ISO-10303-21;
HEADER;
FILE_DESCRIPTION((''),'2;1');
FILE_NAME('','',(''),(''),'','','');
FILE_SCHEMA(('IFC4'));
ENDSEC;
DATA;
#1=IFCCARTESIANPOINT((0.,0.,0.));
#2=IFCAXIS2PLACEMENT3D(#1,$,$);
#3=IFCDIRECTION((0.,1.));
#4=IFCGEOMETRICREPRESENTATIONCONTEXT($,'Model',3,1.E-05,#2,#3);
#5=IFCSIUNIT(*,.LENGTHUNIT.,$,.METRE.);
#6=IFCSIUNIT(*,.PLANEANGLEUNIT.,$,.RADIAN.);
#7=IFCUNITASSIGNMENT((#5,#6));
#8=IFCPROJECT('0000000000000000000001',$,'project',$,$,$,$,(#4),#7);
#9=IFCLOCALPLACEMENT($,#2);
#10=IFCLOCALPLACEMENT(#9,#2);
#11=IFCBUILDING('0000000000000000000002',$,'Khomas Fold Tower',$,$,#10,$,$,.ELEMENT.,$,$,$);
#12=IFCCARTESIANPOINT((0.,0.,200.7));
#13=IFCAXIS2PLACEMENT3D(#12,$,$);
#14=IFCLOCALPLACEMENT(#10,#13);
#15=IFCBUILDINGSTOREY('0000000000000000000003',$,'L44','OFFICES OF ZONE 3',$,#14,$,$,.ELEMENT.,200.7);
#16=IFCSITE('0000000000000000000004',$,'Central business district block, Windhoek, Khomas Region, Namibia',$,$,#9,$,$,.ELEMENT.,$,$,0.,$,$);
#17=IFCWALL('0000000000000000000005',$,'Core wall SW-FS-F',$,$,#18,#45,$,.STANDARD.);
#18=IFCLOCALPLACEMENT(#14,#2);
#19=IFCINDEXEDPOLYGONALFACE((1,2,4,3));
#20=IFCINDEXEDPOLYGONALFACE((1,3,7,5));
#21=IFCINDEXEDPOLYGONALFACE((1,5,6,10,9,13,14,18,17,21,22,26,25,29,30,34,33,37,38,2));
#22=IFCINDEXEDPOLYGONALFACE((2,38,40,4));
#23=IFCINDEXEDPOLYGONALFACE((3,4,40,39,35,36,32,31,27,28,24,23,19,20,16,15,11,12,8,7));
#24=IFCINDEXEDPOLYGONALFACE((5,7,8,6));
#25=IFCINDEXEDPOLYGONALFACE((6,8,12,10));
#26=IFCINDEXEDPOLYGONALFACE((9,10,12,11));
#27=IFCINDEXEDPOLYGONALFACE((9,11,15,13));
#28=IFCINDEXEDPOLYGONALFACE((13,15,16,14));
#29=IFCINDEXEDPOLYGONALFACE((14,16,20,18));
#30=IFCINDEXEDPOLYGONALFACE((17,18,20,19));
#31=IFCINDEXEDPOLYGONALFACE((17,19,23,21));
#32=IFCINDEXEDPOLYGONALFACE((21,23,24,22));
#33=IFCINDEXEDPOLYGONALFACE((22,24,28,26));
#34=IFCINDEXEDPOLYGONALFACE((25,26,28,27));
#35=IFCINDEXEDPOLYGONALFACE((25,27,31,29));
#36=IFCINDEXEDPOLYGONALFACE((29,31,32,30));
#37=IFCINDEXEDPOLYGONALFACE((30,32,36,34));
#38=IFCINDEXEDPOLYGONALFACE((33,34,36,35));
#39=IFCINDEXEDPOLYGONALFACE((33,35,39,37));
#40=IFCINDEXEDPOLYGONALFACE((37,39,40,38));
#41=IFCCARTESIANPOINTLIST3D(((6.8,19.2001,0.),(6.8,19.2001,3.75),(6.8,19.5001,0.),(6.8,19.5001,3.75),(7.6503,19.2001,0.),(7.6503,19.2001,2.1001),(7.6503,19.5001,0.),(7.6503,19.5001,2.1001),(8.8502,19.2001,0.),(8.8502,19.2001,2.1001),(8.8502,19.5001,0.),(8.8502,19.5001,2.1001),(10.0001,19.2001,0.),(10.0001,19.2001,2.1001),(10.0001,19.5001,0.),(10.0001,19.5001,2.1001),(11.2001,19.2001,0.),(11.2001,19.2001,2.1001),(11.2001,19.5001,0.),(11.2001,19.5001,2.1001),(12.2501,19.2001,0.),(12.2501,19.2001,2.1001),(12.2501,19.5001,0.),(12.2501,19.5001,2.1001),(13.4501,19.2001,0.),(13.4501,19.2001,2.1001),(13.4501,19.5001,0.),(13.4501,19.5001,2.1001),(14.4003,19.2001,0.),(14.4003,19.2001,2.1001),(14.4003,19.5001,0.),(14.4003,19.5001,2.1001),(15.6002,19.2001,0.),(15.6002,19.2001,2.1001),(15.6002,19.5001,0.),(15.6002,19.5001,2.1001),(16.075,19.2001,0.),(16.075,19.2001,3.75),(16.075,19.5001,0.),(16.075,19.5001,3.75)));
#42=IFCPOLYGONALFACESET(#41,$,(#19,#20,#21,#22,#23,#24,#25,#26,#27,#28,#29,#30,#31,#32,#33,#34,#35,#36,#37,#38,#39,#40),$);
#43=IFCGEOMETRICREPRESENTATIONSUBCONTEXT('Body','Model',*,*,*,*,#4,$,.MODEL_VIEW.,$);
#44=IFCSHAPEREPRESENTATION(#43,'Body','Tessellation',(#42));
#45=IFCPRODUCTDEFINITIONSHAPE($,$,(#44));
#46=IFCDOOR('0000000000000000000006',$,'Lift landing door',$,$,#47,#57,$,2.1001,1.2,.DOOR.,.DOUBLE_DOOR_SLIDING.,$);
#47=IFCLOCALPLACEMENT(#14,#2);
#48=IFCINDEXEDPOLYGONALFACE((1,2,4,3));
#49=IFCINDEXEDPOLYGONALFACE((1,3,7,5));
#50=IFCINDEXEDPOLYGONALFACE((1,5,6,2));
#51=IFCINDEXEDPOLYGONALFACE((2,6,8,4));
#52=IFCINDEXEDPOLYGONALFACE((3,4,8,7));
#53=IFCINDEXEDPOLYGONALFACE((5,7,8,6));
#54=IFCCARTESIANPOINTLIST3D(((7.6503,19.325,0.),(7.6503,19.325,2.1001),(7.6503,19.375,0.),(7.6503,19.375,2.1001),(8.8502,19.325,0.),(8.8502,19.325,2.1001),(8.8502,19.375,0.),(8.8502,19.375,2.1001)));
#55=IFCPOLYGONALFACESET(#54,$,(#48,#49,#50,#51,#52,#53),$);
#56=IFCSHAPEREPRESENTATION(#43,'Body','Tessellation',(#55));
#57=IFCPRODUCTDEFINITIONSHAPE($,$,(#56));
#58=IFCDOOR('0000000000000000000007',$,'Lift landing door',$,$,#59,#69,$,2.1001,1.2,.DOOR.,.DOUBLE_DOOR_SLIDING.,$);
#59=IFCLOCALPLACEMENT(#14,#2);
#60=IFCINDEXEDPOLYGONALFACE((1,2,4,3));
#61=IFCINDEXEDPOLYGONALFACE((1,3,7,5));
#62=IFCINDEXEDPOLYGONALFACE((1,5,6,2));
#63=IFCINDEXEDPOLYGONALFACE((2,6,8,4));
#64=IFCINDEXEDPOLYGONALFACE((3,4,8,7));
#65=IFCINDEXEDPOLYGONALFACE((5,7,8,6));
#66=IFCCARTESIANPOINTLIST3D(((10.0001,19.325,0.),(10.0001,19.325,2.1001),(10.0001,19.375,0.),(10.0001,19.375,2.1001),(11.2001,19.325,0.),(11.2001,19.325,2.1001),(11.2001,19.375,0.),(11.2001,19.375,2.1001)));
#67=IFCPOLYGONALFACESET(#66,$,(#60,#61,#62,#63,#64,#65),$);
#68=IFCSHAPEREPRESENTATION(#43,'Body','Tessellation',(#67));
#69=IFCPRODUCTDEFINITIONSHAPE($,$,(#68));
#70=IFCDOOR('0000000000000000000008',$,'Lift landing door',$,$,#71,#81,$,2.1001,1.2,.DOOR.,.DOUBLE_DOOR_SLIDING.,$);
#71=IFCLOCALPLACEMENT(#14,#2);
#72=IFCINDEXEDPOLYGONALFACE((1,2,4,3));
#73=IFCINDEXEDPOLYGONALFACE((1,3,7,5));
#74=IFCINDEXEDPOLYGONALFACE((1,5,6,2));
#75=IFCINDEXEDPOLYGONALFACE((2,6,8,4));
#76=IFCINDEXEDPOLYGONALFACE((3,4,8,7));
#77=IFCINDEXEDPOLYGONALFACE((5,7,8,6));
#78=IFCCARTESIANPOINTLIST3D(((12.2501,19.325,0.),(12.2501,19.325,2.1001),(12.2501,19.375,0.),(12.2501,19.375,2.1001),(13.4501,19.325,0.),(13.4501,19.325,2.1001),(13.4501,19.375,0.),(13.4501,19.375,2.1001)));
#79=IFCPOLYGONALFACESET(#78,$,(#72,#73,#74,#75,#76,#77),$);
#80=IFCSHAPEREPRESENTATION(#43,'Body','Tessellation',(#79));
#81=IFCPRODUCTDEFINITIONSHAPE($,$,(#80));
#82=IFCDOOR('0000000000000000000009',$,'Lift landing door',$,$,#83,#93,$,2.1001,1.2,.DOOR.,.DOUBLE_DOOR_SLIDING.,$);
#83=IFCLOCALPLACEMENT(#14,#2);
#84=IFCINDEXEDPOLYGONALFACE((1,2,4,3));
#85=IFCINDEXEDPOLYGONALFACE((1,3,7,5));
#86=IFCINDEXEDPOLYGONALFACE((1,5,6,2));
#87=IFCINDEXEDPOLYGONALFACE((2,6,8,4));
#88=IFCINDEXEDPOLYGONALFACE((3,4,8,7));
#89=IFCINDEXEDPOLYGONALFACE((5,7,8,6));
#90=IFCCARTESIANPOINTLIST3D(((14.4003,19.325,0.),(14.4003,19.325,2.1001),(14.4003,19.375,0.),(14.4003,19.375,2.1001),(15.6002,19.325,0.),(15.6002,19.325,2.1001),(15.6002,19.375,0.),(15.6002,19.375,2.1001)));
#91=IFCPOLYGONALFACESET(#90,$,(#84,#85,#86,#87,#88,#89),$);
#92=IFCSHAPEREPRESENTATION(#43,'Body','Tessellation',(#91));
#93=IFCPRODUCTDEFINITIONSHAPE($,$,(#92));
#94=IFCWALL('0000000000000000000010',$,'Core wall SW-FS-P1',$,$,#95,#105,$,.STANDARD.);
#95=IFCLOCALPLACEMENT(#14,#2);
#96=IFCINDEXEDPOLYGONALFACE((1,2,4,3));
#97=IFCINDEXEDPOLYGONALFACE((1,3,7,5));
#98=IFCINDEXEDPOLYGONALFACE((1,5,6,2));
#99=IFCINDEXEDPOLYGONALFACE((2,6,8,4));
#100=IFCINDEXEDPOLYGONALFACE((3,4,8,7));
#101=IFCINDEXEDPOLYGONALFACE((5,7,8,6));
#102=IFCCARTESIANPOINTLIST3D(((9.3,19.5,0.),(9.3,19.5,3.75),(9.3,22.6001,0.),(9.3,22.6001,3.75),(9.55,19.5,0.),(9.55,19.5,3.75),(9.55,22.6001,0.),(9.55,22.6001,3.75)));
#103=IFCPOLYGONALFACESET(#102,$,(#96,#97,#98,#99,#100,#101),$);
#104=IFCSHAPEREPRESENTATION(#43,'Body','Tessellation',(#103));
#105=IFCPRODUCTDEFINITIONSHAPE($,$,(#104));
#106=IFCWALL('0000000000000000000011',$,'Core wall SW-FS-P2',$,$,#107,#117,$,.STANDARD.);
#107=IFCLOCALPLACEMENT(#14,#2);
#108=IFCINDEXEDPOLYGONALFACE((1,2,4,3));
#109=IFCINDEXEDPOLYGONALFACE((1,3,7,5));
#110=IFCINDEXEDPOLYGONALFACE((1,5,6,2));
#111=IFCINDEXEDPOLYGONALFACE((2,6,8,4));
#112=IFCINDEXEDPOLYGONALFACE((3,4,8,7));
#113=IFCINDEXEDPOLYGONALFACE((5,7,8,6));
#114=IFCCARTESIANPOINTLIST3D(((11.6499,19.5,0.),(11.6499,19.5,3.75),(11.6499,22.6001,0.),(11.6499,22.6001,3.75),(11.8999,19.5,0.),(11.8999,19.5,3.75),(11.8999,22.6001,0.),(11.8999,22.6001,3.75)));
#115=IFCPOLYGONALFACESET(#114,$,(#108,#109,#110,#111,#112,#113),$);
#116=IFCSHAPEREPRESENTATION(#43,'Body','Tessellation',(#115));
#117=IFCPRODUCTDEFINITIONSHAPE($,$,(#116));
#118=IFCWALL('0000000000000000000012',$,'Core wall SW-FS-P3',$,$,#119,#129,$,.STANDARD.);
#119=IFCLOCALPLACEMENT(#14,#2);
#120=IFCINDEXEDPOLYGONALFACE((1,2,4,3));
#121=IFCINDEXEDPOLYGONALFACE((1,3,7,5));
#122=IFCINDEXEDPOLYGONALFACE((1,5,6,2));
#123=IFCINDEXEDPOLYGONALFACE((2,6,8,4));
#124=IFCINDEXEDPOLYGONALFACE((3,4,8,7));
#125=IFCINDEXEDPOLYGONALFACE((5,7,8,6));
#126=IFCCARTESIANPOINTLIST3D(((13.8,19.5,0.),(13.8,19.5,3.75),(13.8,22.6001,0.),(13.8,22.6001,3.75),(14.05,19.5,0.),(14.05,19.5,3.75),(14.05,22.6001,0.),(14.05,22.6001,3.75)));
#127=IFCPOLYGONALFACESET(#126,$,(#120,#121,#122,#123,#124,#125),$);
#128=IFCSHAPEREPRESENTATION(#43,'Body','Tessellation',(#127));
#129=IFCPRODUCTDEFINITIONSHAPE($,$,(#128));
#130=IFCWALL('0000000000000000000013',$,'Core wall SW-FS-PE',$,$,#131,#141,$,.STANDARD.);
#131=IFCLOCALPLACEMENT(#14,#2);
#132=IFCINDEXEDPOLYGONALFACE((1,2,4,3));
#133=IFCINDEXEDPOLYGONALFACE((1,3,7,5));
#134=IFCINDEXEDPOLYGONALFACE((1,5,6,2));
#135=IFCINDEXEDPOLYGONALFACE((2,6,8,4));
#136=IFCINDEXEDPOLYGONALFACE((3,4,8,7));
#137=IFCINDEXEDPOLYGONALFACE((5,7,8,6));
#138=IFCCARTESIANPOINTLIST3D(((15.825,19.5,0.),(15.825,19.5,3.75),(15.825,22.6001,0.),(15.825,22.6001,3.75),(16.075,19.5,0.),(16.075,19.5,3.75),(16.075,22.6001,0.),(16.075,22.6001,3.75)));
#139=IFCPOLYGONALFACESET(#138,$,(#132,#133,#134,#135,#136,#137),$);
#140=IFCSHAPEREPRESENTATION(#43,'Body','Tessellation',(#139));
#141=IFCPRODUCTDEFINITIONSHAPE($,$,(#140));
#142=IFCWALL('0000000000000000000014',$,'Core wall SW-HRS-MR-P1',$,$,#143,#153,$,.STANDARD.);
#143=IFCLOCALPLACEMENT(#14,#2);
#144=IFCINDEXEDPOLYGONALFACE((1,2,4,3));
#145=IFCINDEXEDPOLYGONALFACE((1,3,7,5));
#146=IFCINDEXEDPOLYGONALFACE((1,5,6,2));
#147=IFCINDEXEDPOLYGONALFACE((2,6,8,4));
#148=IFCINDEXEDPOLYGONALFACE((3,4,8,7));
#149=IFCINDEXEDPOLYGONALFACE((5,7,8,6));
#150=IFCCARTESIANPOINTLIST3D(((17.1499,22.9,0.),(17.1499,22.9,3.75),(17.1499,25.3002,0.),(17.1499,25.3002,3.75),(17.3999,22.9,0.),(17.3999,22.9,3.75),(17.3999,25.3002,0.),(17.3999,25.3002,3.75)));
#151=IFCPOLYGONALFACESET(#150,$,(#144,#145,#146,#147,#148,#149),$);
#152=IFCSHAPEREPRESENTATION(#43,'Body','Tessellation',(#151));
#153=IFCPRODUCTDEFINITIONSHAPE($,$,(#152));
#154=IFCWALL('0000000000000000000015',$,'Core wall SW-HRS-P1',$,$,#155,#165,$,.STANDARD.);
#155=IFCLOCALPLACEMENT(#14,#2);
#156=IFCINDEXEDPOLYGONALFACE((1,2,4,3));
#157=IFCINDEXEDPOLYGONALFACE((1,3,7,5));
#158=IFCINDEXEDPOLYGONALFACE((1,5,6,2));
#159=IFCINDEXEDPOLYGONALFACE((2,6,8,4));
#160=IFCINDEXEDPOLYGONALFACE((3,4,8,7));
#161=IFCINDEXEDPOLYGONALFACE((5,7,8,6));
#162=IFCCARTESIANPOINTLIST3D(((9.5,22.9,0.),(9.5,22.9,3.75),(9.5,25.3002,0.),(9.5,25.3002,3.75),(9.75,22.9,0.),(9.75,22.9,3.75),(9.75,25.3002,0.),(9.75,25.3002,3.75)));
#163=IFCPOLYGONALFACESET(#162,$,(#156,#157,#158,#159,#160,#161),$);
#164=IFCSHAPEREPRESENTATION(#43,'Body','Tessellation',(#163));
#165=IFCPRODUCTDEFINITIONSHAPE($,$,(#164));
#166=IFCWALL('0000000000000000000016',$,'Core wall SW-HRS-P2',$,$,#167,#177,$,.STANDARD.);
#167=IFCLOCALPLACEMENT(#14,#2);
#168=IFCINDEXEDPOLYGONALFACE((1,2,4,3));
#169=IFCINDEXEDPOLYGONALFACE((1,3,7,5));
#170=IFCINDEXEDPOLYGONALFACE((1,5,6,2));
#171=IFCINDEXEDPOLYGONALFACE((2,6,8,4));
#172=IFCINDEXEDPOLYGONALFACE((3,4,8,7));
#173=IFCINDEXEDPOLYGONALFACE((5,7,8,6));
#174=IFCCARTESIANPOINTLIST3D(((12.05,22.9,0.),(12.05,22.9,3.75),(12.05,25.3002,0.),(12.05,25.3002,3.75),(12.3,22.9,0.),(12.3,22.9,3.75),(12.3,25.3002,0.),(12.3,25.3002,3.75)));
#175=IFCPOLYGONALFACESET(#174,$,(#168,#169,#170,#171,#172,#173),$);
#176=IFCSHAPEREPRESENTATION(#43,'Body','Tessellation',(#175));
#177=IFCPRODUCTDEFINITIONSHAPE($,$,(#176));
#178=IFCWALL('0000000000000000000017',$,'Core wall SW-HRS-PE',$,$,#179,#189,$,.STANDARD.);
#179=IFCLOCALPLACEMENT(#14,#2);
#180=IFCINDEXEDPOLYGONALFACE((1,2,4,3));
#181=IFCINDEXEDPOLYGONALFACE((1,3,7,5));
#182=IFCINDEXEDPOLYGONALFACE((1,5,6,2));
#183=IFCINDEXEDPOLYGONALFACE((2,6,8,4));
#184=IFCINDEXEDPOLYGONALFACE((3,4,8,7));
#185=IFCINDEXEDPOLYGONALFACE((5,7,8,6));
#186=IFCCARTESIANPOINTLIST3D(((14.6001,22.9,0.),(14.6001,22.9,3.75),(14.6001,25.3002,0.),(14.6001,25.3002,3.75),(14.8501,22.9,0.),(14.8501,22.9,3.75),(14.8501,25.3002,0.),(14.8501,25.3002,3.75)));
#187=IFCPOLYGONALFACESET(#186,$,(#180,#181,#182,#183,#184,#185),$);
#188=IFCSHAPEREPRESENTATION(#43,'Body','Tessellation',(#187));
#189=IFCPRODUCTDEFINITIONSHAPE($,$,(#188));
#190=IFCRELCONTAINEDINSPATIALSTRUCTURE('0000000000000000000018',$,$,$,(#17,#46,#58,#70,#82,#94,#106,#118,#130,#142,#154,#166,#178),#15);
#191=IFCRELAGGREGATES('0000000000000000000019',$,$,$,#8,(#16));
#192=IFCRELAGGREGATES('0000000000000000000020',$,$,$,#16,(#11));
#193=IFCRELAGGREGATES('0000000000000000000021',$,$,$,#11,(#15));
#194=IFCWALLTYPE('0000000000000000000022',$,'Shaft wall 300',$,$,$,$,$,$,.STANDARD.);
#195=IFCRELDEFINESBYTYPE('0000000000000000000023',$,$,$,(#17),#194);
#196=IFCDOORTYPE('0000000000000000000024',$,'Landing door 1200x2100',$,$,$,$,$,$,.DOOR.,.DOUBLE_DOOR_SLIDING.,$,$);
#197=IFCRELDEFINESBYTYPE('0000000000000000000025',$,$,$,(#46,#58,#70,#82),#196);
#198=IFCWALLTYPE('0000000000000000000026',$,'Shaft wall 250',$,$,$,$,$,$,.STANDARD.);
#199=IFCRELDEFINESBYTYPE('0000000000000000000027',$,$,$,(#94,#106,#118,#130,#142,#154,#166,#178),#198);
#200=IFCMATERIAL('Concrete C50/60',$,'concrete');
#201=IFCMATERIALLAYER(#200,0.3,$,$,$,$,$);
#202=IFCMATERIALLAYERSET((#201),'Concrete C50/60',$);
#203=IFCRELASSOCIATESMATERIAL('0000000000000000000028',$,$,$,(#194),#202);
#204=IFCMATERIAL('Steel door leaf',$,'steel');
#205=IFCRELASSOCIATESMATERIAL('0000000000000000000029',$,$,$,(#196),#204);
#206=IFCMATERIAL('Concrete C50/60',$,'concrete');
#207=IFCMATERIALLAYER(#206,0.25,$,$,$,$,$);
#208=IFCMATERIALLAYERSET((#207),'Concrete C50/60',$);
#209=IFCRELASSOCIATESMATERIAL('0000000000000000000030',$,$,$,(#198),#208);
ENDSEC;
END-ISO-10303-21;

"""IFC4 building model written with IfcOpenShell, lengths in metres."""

from ifc_helpers import new_model, si_unit, direction, frame, frame_2d, origin, place, context, subcontext, project, spatial, rectangle, extrude, source, transform, mapped, material, layer, layer_set, type_object, element, fill, save


model = new_model("IFC4")

# Units and contexts
model_context = context("Model", 3, precision=1e-05, world=origin(), true_north=direction((0.0, 1.0)))
body_context = subcontext(model_context, "Body", "Model", "MODEL_VIEW")
ifc_project = project(units=[si_unit("LENGTHUNIT", "METRE"), si_unit("PLANEANGLEUNIT", "RADIAN")], contexts=[model_context])

# Site, building, storey
site_placement = place(None, origin())
site = spatial("IfcSite", under=ifc_project, at=site_placement, Name="Central business district block, Windhoek, Khomas Region, Namibia", CompositionType="ELEMENT", RefElevation=0.0)
building_placement = place(site_placement, origin())
building = spatial("IfcBuilding", under=site, at=building_placement, Name="Khomas Fold Tower", CompositionType="ELEMENT")
storey_placement = place(building_placement, frame((0.0, 0.0, 200.7)))
storey = spatial("IfcBuildingStorey", under=building, at=storey_placement, Name="L44", Description="OFFICES OF ZONE 3", CompositionType="ELEMENT", Elevation=200.7)

# Shared definitions
ifc_material_1 = material(Name="Concrete C50/60", Category="concrete")
ifc_layer_1 = layer(ifc_material_1, 0.3)
ifc_layer_set_1 = layer_set([ifc_layer_1], Name="Concrete C50/60")
wall_type_1 = type_object("IfcWallType", Name="Shaft wall 300", PredefinedType="STANDARD", material=ifc_layer_set_1)

# Wall, openings, doors
shared_shape_1 = source(origin(), body_context, "Body", "SweptSolid", [
    extrude(rectangle(XDim=1.2, YDim=2.1001, at=frame_2d((0.6001, 1.05))), frame((0.0, 0.1599, 0.0), z_axis=(0.0, -1.0, 0.0), x_axis=(1.0, 0.0, 0.0)), (0.0, 0.0, 1.0), 0.3201),
])
ifc_material_2 = material(Name="Steel door leaf", Category="steel")
door_type = type_object("IfcDoorType", Name="Landing door 1200x2100", OperationType="DOUBLE_DOOR_SLIDING", PredefinedType="DOOR", material=ifc_material_2)
shared_shape_2 = source(origin(), body_context, "Body", "SweptSolid", [
    extrude(rectangle(XDim=1.2, YDim=2.1001, at=frame_2d((0.6001, 1.05))), frame((0.0, 0.0249, 0.0), z_axis=(0.0, -1.0, 0.0), x_axis=(1.0, 0.0, 0.0)), (0.0, 0.0, 1.0), 0.05),
])
shared_shape_3 = source(origin(), body_context, "Body", "SweptSolid", [
    extrude(rectangle(XDim=9.2749, YDim=0.3, at=frame_2d((4.6375, 0.0))), origin(), (0.0, 0.0, 1.0), 3.75),
])
wall_1_placement = place(storey_placement, frame((6.8, 19.3501, 0.0), z_axis=(0.0, 0.0, 1.0), x_axis=(1.0, 0.0, 0.0)))
wall_1 = element("IfcWall", 1, at=wall_1_placement, inside=storey, type_object=wall_type_1, Name="Core wall SW-FS-F", PredefinedType="STANDARD", context=body_context, shape_type="MappedRepresentation", body=[
    mapped(shared_shape_3, transform((0.0, 0.0, 0.0))),
])
opening_1_placement = place(wall_1_placement, frame((0.8501, 0.0, 0.0)))
opening_1 = element("IfcOpeningElement", 2, at=opening_1_placement, cuts=wall_1, PredefinedType="OPENING", context=body_context, shape_type="MappedRepresentation", body=[
    mapped(shared_shape_1, transform((0.0, 0.0, 0.0))),
])
opening_2_placement = place(wall_1_placement, frame((3.2, 0.0, 0.0)))
opening_2 = element("IfcOpeningElement", 3, at=opening_2_placement, cuts=wall_1, PredefinedType="OPENING", context=body_context, shape_type="MappedRepresentation", body=[
    mapped(shared_shape_1, transform((0.0, 0.0, 0.0))),
])
opening_3_placement = place(wall_1_placement, frame((5.45, 0.0, 0.0)))
opening_3 = element("IfcOpeningElement", 4, at=opening_3_placement, cuts=wall_1, PredefinedType="OPENING", context=body_context, shape_type="MappedRepresentation", body=[
    mapped(shared_shape_1, transform((0.0, 0.0, 0.0))),
])
opening_4_placement = place(wall_1_placement, frame((7.6001, 0.0, 0.0)))
opening_4 = element("IfcOpeningElement", 5, at=opening_4_placement, cuts=wall_1, PredefinedType="OPENING", context=body_context, shape_type="MappedRepresentation", body=[
    mapped(shared_shape_1, transform((0.0, 0.0, 0.0))),
])
door_1_placement = place(opening_1_placement, origin())
door_1 = element("IfcDoor", 6, at=door_1_placement, inside=storey, type_object=door_type, Name="Lift landing door", OperationType="DOUBLE_DOOR_SLIDING", OverallHeight=2.1001, OverallWidth=1.2, PredefinedType="DOOR", context=body_context, shape_type="MappedRepresentation", body=[
    mapped(shared_shape_2, transform((0.0, 0.0, 0.0))),
])
fill(opening_1, door_1)
door_2_placement = place(opening_2_placement, origin())
door_2 = element("IfcDoor", 7, at=door_2_placement, inside=storey, type_object=door_type, Name="Lift landing door", OperationType="DOUBLE_DOOR_SLIDING", OverallHeight=2.1001, OverallWidth=1.2, PredefinedType="DOOR", context=body_context, shape_type="MappedRepresentation", body=[
    mapped(shared_shape_2, transform((0.0, 0.0, 0.0))),
])
fill(opening_2, door_2)
door_3_placement = place(opening_3_placement, origin())
door_3 = element("IfcDoor", 8, at=door_3_placement, inside=storey, type_object=door_type, Name="Lift landing door", OperationType="DOUBLE_DOOR_SLIDING", OverallHeight=2.1001, OverallWidth=1.2, PredefinedType="DOOR", context=body_context, shape_type="MappedRepresentation", body=[
    mapped(shared_shape_2, transform((0.0, 0.0, 0.0))),
])
fill(opening_3, door_3)
door_4_placement = place(opening_4_placement, origin())
door_4 = element("IfcDoor", 9, at=door_4_placement, inside=storey, type_object=door_type, Name="Lift landing door", OperationType="DOUBLE_DOOR_SLIDING", OverallHeight=2.1001, OverallWidth=1.2, PredefinedType="DOOR", context=body_context, shape_type="MappedRepresentation", body=[
    mapped(shared_shape_2, transform((0.0, 0.0, 0.0))),
])
fill(opening_4, door_4)

# Walls
ifc_material_3 = material(Name="Concrete C50/60", Category="concrete")
ifc_layer_2 = layer(ifc_material_3, 0.25)
ifc_layer_set_2 = layer_set([ifc_layer_2], Name="Concrete C50/60")
wall_type_2 = type_object("IfcWallType", Name="Shaft wall 250", PredefinedType="STANDARD", material=ifc_layer_set_2)
shared_shape_4 = source(origin(), body_context, "Body", "SweptSolid", [
    extrude(rectangle(XDim=3.1001, YDim=0.25, at=frame_2d((1.55, 0.0))), origin(), (0.0, 0.0, 1.0), 3.75),
])
for number, where, z_axis, x_axis, name in (
    (10, (9.425, 19.5, 0.0), (0.0, 0.0, 1.0), (0.0, 1.0, 0.0), "Core wall SW-FS-P1"),
    (11, (11.7749, 19.5, 0.0), (0.0, 0.0, 1.0), (0.0, 1.0, 0.0), "Core wall SW-FS-P2"),
    (12, (13.925, 19.5, 0.0), (0.0, 0.0, 1.0), (0.0, 1.0, 0.0), "Core wall SW-FS-P3"),
    (13, (15.95, 19.5, 0.0), (0.0, 0.0, 1.0), (0.0, 1.0, 0.0), "Core wall SW-FS-PE"),
):
    element("IfcWall", number, at=place(storey_placement, frame(where, z_axis=z_axis, x_axis=x_axis)), inside=storey, type_object=wall_type_2, Name=name, PredefinedType="STANDARD", context=body_context, shape_type="MappedRepresentation", body=[
        mapped(shared_shape_4, transform((0.0, 0.0, 0.0))),
    ])
shared_shape_5 = source(origin(), body_context, "Body", "SweptSolid", [
    extrude(rectangle(XDim=2.4001, YDim=0.25, at=frame_2d((1.2002, 0.0))), origin(), (0.0, 0.0, 1.0), 3.75),
])
for number, where, z_axis, x_axis, name in (
    (14, (17.2749, 22.8999, 0.0), (0.0, 0.0, 1.0), (0.0, 1.0, 0.0), "Core wall SW-HRS-MR-P1"),
    (15, (9.625, 22.8999, 0.0), (0.0, 0.0, 1.0), (0.0, 1.0, 0.0), "Core wall SW-HRS-P1"),
    (16, (12.175, 22.8999, 0.0), (0.0, 0.0, 1.0), (0.0, 1.0, 0.0), "Core wall SW-HRS-P2"),
    (17, (14.7251, 22.8999, 0.0), (0.0, 0.0, 1.0), (0.0, 1.0, 0.0), "Core wall SW-HRS-PE"),
):
    element("IfcWall", number, at=place(storey_placement, frame(where, z_axis=z_axis, x_axis=x_axis)), inside=storey, type_object=wall_type_2, Name=name, PredefinedType="STANDARD", context=body_context, shape_type="MappedRepresentation", body=[
        mapped(shared_shape_5, transform((0.0, 0.0, 0.0))),
    ])

save(model, "model.ifc")
